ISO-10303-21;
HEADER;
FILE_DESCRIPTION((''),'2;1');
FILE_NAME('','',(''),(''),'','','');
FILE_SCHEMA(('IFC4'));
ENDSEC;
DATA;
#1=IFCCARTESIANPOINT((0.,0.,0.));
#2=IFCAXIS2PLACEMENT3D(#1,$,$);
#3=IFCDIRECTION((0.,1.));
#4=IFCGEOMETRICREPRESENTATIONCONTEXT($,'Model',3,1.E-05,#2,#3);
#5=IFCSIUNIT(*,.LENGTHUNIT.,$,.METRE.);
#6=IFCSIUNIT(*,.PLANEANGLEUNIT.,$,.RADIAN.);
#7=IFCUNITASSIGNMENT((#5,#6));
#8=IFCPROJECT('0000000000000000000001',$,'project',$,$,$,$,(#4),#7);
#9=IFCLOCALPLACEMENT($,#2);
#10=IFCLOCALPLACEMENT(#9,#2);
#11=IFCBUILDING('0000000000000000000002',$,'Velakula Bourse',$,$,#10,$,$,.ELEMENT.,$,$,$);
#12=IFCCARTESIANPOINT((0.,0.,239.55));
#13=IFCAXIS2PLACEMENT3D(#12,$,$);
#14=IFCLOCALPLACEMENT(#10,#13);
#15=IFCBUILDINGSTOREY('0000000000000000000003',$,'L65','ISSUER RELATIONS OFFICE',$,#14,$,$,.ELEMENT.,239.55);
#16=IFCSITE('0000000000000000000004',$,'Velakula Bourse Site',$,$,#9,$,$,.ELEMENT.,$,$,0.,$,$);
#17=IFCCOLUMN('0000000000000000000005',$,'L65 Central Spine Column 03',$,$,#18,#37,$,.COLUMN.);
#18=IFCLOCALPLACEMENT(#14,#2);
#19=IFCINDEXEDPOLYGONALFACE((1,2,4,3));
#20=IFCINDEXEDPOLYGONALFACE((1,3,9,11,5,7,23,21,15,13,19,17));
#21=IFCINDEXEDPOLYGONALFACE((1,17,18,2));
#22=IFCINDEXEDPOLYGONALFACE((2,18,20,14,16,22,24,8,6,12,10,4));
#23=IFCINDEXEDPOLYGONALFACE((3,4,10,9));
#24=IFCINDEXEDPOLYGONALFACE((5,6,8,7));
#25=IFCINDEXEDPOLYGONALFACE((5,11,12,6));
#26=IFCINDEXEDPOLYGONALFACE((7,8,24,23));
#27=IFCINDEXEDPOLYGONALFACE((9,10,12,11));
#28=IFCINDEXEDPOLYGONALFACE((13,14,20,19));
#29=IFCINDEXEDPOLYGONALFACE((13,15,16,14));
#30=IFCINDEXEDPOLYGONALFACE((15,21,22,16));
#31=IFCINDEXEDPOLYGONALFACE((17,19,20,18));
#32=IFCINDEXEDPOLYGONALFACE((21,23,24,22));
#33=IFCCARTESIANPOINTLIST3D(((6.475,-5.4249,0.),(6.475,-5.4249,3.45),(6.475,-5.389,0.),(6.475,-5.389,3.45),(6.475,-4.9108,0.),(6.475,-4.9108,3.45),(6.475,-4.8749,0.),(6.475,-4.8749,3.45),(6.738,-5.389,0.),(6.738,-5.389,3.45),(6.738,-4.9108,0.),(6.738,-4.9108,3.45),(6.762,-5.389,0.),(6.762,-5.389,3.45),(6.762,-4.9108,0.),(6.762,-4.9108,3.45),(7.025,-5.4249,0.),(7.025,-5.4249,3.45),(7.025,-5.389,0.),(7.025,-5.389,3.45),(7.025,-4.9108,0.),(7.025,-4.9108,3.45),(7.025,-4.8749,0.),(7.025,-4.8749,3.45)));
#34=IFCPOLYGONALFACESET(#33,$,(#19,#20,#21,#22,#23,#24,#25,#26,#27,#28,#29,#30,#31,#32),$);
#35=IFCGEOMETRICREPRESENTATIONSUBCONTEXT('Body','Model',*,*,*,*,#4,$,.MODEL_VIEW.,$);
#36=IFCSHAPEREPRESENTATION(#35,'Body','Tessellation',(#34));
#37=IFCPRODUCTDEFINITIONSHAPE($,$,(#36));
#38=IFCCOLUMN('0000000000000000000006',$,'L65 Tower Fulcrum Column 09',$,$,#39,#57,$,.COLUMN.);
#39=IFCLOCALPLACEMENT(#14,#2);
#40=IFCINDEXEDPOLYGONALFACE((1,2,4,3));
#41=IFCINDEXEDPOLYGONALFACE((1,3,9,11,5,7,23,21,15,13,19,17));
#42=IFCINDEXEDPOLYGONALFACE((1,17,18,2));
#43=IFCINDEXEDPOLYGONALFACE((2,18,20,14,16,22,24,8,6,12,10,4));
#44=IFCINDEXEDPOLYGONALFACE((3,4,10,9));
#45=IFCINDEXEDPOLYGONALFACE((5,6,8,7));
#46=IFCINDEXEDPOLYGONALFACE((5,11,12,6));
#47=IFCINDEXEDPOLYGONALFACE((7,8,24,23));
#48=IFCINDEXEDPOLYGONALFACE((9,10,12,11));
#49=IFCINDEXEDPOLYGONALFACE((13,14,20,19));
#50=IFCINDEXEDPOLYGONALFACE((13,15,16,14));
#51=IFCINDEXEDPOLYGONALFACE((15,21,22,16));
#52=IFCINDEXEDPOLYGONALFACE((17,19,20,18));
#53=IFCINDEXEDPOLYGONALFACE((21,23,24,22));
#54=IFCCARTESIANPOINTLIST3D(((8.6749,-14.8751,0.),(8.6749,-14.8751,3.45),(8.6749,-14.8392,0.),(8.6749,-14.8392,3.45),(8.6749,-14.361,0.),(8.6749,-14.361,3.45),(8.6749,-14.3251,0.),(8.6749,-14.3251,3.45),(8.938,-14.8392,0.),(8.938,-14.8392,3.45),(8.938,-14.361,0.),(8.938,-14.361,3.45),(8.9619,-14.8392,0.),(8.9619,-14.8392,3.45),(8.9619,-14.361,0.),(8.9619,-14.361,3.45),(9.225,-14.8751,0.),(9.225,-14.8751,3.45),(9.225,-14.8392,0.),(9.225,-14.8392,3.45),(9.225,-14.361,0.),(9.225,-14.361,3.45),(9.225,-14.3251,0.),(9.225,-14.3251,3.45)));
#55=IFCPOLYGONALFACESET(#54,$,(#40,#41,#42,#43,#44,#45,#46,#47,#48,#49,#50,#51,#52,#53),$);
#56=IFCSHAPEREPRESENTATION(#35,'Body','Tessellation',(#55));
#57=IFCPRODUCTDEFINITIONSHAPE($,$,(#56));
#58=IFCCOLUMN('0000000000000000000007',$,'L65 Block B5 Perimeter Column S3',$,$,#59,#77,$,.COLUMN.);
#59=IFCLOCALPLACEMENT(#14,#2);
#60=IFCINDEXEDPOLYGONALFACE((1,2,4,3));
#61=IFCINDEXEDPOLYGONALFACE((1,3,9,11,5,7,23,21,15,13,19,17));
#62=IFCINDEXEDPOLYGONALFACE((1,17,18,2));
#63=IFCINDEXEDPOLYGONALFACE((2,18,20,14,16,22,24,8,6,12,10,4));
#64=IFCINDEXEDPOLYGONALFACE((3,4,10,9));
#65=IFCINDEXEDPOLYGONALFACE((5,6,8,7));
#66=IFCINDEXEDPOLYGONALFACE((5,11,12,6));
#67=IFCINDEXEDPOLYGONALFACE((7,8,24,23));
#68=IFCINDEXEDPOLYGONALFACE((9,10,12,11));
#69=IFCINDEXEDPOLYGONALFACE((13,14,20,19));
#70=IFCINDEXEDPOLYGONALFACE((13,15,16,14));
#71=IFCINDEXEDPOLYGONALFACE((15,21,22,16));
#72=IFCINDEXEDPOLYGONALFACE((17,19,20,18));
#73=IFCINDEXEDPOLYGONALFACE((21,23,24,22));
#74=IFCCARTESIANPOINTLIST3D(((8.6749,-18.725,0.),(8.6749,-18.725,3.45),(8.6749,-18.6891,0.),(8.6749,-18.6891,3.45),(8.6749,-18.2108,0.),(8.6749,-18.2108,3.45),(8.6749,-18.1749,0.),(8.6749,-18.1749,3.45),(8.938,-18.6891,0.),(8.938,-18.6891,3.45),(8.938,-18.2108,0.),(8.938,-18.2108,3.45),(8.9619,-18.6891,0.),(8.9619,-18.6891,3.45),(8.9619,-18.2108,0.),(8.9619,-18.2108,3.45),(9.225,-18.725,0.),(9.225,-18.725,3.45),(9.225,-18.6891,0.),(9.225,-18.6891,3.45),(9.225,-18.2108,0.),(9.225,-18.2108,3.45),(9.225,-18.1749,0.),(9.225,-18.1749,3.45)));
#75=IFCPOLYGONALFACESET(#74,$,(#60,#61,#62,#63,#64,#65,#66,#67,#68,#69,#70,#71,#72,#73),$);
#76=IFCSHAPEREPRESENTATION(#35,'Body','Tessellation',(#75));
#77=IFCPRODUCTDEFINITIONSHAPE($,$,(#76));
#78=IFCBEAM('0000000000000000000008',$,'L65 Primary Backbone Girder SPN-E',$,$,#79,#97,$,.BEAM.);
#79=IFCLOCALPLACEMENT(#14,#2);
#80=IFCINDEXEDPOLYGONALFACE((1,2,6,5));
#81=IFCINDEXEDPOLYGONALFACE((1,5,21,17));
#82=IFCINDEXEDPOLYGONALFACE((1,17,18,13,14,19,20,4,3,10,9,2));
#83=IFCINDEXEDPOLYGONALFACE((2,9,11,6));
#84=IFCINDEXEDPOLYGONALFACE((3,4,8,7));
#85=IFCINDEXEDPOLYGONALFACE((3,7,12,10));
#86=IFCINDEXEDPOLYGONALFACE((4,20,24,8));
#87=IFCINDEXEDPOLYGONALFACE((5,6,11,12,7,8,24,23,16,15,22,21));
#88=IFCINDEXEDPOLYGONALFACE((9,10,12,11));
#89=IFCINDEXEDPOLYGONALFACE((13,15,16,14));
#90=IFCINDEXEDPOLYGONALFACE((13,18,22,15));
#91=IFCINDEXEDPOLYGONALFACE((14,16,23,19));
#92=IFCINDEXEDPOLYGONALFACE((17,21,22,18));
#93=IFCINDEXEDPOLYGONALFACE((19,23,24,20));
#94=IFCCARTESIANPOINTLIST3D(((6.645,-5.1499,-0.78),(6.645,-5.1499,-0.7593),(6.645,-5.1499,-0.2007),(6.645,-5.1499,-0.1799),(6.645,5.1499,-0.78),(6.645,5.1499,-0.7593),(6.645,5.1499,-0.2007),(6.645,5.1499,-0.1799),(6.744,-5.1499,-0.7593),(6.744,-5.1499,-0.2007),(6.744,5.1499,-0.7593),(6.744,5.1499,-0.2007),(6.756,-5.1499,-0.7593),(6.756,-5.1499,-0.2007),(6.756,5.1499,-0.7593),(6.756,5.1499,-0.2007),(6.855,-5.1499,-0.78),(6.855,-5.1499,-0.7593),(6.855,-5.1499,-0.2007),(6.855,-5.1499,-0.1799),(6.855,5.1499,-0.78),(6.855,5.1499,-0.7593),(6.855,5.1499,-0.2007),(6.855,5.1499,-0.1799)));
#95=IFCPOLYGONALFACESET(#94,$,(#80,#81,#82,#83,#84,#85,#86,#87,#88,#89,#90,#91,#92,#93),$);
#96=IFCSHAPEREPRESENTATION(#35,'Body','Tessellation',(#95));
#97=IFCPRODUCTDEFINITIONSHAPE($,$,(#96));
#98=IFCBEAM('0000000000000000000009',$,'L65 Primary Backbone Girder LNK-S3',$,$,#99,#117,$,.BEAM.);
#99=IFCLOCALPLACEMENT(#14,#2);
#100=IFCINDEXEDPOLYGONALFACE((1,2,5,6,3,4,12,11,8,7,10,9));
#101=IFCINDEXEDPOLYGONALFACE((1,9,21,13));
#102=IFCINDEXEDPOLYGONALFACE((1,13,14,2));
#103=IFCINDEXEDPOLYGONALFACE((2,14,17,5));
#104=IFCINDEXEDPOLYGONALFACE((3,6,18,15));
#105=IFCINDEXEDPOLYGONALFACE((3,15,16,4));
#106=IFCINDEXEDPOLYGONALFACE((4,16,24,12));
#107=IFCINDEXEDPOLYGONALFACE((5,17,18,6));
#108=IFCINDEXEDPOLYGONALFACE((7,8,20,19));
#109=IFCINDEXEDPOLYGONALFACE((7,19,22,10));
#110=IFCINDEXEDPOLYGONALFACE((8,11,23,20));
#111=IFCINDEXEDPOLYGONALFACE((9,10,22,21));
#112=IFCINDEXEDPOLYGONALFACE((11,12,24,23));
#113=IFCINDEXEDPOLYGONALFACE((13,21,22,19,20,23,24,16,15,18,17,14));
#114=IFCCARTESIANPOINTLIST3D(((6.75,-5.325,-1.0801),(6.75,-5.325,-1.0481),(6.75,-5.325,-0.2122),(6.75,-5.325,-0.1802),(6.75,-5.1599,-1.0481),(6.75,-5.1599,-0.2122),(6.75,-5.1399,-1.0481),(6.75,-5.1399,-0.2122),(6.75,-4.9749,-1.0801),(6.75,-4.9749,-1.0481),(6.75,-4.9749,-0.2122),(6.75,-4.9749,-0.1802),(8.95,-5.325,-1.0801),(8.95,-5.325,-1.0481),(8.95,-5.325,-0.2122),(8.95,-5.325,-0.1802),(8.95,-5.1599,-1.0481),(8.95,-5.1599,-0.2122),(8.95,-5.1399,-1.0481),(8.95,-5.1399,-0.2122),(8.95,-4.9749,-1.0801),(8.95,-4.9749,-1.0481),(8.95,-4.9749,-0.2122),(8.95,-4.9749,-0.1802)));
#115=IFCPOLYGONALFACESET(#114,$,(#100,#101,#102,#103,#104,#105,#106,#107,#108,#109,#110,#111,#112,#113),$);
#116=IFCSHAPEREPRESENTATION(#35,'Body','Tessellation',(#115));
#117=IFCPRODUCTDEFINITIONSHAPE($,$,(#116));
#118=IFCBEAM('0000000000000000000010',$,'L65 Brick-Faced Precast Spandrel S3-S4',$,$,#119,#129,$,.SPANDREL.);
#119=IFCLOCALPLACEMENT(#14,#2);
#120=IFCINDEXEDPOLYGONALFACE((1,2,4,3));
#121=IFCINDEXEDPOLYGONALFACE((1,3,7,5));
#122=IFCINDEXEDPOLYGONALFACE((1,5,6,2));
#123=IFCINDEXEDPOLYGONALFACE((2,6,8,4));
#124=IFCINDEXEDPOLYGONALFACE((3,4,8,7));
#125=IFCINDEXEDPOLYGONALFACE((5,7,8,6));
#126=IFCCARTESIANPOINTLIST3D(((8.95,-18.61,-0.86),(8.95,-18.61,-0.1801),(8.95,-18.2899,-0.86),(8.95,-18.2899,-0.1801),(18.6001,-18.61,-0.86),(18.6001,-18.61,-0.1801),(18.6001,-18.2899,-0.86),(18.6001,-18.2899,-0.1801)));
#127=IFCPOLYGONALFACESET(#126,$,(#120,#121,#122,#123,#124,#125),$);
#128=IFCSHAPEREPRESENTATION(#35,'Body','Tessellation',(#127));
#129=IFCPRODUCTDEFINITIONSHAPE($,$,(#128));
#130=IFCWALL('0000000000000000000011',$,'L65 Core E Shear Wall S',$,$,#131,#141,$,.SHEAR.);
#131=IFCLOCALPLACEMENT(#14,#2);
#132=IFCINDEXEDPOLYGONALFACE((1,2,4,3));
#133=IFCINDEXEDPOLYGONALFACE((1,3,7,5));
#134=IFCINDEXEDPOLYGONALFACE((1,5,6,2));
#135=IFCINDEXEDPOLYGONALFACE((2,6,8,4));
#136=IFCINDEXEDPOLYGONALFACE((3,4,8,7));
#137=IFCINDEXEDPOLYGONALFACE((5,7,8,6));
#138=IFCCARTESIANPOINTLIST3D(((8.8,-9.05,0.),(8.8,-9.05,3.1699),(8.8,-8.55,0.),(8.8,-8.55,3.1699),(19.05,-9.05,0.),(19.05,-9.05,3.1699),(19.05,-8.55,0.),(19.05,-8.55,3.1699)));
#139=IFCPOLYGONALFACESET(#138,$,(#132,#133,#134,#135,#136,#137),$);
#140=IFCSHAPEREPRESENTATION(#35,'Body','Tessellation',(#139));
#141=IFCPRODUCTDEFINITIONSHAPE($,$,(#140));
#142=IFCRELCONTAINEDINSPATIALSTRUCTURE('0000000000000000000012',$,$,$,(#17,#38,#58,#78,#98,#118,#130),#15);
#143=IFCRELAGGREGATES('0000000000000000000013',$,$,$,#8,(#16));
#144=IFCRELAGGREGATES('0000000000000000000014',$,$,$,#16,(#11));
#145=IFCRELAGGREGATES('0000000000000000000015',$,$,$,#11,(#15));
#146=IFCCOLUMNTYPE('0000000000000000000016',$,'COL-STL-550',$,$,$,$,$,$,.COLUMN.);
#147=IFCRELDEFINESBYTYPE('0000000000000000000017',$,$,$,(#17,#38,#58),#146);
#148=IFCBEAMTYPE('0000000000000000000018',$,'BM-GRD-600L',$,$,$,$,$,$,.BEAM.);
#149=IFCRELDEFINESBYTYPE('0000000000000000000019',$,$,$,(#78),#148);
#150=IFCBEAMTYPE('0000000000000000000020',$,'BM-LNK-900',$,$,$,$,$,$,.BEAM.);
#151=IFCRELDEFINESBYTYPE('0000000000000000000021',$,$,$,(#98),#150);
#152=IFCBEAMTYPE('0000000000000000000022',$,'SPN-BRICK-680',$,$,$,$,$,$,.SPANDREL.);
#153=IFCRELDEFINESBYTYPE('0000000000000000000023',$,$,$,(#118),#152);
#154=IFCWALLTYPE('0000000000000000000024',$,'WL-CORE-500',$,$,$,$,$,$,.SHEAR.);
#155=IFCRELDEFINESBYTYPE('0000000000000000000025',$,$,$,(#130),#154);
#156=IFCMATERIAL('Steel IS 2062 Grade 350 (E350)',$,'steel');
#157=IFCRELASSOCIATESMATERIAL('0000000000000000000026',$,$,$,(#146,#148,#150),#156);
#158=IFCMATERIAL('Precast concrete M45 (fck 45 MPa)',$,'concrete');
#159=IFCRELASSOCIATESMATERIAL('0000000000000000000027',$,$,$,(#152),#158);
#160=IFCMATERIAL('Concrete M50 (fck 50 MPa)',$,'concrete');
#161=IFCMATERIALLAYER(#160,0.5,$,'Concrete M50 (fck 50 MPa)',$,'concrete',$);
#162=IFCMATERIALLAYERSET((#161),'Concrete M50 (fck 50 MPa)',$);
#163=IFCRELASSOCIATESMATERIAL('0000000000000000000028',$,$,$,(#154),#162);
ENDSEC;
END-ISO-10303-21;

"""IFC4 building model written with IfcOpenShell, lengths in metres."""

from ifc_helpers import new_model, si_unit, direction, frame, frame_2d, origin, origin_2d, place, context, subcontext, project, spatial, rectangle, i_section, extrude, material, layer, layer_set, material_profile, profile_set, type_object, element, save


model = new_model("IFC4")

# Units and contexts
model_context = context("Model", 3, precision=1e-05, world=origin(), true_north=direction((0.0, 1.0)))
body_context = subcontext(model_context, "Body", "Model", "MODEL_VIEW")
ifc_project = project(units=[si_unit("LENGTHUNIT", "METRE"), si_unit("PLANEANGLEUNIT", "RADIAN")], contexts=[model_context])

# Site, building, storey
site_placement = place(None, origin())
site = spatial("IfcSite", under=ifc_project, at=site_placement, Name="Velakula Bourse Site", CompositionType="ELEMENT", RefElevation=0.0)
building_placement = place(site_placement, origin())
building = spatial("IfcBuilding", under=site, at=building_placement, Name="Velakula Bourse", CompositionType="ELEMENT")
storey_placement = place(building_placement, frame((0.0, 0.0, 239.55)))
storey = spatial("IfcBuildingStorey", under=building, at=storey_placement, Name="L65", Description="ISSUER RELATIONS OFFICE", CompositionType="ELEMENT", Elevation=239.55)

# Columns
ifc_material_1 = material(Name="Steel IS 2062 Grade 350 (E350)", Category="steel")
ifc_material_profile_1 = material_profile(ifc_material_1, i_section(OverallWidth=0.55, OverallDepth=0.55, WebThickness=0.0239, FlangeThickness=0.0359, at=origin_2d()), Name="Steel IS 2062 Grade 350 (E350)")
ifc_profile_set_1 = profile_set([ifc_material_profile_1], Name="Steel IS 2062 Grade 350 (E350)")
column_type = type_object("IfcColumnType", Name="COL-STL-550", PredefinedType="COLUMN", material=ifc_profile_set_1)
for number, where, z_axis, x_axis, name in (
    (1, (6.75, -5.1499, 0.0), (0.0, 0.0, 1.0), (1.0, 0.0, 0.0), "L65 Central Spine Column 03"),
    (2, (8.95, -14.6001, 0.0), (0.0, 0.0, 1.0), (1.0, 0.0, 0.0), "L65 Tower Fulcrum Column 09"),
    (3, (8.95, -18.45, 0.0), (0.0, 0.0, 1.0), (1.0, 0.0, 0.0), "L65 Block B5 Perimeter Column S3"),
):
    element("IfcColumn", number, at=place(storey_placement, frame(where, z_axis=z_axis, x_axis=x_axis)), inside=storey, type_object=column_type, Name=name, PredefinedType="COLUMN", context=body_context, shape_type="SweptSolid", body=[
        extrude(i_section(OverallWidth=0.55, OverallDepth=0.55, WebThickness=0.0239, FlangeThickness=0.0359, at=origin_2d()), origin(), (0.0, 0.0, 1.0), 3.45),
    ])

# Beams
ifc_material_profile_2 = material_profile(ifc_material_1, i_section(OverallWidth=0.21, OverallDepth=0.6001, WebThickness=0.012, FlangeThickness=0.0208, at=origin_2d()), Name="Steel IS 2062 Grade 350 (E350)")
ifc_profile_set_2 = profile_set([ifc_material_profile_2], Name="Steel IS 2062 Grade 350 (E350)")
beam_type_1 = type_object("IfcBeamType", Name="BM-GRD-600L", PredefinedType="BEAM", material=ifc_profile_set_2)
beam_1_placement = place(storey_placement, frame((6.75, -5.1499, -0.48), z_axis=(0.0, 1.0, 0.0), x_axis=(-1.0, 0.0, 0.0)))
element("IfcBeam", 4, at=beam_1_placement, inside=storey, type_object=beam_type_1, Name="L65 Primary Backbone Girder SPN-E", PredefinedType="BEAM", context=body_context, shape_type="SweptSolid", body=[
    extrude(i_section(OverallWidth=0.21, OverallDepth=0.6001, WebThickness=0.012, FlangeThickness=0.0208, at=origin_2d()), origin(), (0.0, 0.0, 1.0), 10.2998),
])
ifc_material_profile_3 = material_profile(ifc_material_1, i_section(OverallWidth=0.3501, OverallDepth=0.8999, WebThickness=0.02, FlangeThickness=0.032, at=origin_2d()), Name="Steel IS 2062 Grade 350 (E350)")
ifc_profile_set_3 = profile_set([ifc_material_profile_3], Name="Steel IS 2062 Grade 350 (E350)")
beam_type_2 = type_object("IfcBeamType", Name="BM-LNK-900", PredefinedType="BEAM", material=ifc_profile_set_3)
beam_2_placement = place(storey_placement, frame((6.75, -5.1499, -0.6301), z_axis=(1.0, 0.0, 0.0), x_axis=(0.0, 1.0, 0.0)))
element("IfcBeam", 5, at=beam_2_placement, inside=storey, type_object=beam_type_2, Name="L65 Primary Backbone Girder LNK-S3", PredefinedType="BEAM", context=body_context, shape_type="SweptSolid", body=[
    extrude(i_section(OverallWidth=0.3501, OverallDepth=0.8999, WebThickness=0.02, FlangeThickness=0.032, at=origin_2d()), origin(), (0.0, 0.0, 1.0), 2.2),
])
ifc_material_2 = material(Name="Precast concrete M45 (fck 45 MPa)", Category="concrete")
ifc_material_profile_4 = material_profile(ifc_material_2, rectangle(XDim=0.3201, YDim=0.6799, at=origin_2d()), Name="Precast concrete M45 (fck 45 MPa)")
ifc_profile_set_4 = profile_set([ifc_material_profile_4], Name="Precast concrete M45 (fck 45 MPa)")
beam_type_3 = type_object("IfcBeamType", Name="SPN-BRICK-680", PredefinedType="SPANDREL", material=ifc_profile_set_4)
beam_3_placement = place(storey_placement, frame((8.95, -18.45, -0.52), z_axis=(1.0, 0.0, 0.0), x_axis=(0.0, 1.0, 0.0)))
element("IfcBeam", 6, at=beam_3_placement, inside=storey, type_object=beam_type_3, Name="L65 Brick-Faced Precast Spandrel S3-S4", PredefinedType="SPANDREL", context=body_context, shape_type="SweptSolid", body=[
    extrude(rectangle(XDim=0.3201, YDim=0.6799, at=origin_2d()), origin(), (0.0, 0.0, 1.0), 9.6501),
])

# Wall
ifc_material_3 = material(Name="Concrete M50 (fck 50 MPa)", Category="concrete")
ifc_layer_1 = layer(ifc_material_3, 0.5, Name="Concrete M50 (fck 50 MPa)", Category="concrete")
ifc_layer_set_1 = layer_set([ifc_layer_1], Name="Concrete M50 (fck 50 MPa)")
wall_type_1 = type_object("IfcWallType", Name="WL-CORE-500", PredefinedType="SHEAR", material=ifc_layer_set_1)
wall_1_placement = place(storey_placement, frame((8.8, -8.8, 0.0), z_axis=(0.0, 0.0, 1.0), x_axis=(1.0, 0.0, 0.0)))
element("IfcWall", 7, at=wall_1_placement, inside=storey, type_object=wall_type_1, Name="L65 Core E Shear Wall S", PredefinedType="SHEAR", context=body_context, shape_type="SweptSolid", body=[
    extrude(rectangle(XDim=10.25, YDim=0.5, at=frame_2d((5.125, 0.0))), origin(), (0.0, 0.0, 1.0), 3.1699),
])

save(model, "model.ifc")
